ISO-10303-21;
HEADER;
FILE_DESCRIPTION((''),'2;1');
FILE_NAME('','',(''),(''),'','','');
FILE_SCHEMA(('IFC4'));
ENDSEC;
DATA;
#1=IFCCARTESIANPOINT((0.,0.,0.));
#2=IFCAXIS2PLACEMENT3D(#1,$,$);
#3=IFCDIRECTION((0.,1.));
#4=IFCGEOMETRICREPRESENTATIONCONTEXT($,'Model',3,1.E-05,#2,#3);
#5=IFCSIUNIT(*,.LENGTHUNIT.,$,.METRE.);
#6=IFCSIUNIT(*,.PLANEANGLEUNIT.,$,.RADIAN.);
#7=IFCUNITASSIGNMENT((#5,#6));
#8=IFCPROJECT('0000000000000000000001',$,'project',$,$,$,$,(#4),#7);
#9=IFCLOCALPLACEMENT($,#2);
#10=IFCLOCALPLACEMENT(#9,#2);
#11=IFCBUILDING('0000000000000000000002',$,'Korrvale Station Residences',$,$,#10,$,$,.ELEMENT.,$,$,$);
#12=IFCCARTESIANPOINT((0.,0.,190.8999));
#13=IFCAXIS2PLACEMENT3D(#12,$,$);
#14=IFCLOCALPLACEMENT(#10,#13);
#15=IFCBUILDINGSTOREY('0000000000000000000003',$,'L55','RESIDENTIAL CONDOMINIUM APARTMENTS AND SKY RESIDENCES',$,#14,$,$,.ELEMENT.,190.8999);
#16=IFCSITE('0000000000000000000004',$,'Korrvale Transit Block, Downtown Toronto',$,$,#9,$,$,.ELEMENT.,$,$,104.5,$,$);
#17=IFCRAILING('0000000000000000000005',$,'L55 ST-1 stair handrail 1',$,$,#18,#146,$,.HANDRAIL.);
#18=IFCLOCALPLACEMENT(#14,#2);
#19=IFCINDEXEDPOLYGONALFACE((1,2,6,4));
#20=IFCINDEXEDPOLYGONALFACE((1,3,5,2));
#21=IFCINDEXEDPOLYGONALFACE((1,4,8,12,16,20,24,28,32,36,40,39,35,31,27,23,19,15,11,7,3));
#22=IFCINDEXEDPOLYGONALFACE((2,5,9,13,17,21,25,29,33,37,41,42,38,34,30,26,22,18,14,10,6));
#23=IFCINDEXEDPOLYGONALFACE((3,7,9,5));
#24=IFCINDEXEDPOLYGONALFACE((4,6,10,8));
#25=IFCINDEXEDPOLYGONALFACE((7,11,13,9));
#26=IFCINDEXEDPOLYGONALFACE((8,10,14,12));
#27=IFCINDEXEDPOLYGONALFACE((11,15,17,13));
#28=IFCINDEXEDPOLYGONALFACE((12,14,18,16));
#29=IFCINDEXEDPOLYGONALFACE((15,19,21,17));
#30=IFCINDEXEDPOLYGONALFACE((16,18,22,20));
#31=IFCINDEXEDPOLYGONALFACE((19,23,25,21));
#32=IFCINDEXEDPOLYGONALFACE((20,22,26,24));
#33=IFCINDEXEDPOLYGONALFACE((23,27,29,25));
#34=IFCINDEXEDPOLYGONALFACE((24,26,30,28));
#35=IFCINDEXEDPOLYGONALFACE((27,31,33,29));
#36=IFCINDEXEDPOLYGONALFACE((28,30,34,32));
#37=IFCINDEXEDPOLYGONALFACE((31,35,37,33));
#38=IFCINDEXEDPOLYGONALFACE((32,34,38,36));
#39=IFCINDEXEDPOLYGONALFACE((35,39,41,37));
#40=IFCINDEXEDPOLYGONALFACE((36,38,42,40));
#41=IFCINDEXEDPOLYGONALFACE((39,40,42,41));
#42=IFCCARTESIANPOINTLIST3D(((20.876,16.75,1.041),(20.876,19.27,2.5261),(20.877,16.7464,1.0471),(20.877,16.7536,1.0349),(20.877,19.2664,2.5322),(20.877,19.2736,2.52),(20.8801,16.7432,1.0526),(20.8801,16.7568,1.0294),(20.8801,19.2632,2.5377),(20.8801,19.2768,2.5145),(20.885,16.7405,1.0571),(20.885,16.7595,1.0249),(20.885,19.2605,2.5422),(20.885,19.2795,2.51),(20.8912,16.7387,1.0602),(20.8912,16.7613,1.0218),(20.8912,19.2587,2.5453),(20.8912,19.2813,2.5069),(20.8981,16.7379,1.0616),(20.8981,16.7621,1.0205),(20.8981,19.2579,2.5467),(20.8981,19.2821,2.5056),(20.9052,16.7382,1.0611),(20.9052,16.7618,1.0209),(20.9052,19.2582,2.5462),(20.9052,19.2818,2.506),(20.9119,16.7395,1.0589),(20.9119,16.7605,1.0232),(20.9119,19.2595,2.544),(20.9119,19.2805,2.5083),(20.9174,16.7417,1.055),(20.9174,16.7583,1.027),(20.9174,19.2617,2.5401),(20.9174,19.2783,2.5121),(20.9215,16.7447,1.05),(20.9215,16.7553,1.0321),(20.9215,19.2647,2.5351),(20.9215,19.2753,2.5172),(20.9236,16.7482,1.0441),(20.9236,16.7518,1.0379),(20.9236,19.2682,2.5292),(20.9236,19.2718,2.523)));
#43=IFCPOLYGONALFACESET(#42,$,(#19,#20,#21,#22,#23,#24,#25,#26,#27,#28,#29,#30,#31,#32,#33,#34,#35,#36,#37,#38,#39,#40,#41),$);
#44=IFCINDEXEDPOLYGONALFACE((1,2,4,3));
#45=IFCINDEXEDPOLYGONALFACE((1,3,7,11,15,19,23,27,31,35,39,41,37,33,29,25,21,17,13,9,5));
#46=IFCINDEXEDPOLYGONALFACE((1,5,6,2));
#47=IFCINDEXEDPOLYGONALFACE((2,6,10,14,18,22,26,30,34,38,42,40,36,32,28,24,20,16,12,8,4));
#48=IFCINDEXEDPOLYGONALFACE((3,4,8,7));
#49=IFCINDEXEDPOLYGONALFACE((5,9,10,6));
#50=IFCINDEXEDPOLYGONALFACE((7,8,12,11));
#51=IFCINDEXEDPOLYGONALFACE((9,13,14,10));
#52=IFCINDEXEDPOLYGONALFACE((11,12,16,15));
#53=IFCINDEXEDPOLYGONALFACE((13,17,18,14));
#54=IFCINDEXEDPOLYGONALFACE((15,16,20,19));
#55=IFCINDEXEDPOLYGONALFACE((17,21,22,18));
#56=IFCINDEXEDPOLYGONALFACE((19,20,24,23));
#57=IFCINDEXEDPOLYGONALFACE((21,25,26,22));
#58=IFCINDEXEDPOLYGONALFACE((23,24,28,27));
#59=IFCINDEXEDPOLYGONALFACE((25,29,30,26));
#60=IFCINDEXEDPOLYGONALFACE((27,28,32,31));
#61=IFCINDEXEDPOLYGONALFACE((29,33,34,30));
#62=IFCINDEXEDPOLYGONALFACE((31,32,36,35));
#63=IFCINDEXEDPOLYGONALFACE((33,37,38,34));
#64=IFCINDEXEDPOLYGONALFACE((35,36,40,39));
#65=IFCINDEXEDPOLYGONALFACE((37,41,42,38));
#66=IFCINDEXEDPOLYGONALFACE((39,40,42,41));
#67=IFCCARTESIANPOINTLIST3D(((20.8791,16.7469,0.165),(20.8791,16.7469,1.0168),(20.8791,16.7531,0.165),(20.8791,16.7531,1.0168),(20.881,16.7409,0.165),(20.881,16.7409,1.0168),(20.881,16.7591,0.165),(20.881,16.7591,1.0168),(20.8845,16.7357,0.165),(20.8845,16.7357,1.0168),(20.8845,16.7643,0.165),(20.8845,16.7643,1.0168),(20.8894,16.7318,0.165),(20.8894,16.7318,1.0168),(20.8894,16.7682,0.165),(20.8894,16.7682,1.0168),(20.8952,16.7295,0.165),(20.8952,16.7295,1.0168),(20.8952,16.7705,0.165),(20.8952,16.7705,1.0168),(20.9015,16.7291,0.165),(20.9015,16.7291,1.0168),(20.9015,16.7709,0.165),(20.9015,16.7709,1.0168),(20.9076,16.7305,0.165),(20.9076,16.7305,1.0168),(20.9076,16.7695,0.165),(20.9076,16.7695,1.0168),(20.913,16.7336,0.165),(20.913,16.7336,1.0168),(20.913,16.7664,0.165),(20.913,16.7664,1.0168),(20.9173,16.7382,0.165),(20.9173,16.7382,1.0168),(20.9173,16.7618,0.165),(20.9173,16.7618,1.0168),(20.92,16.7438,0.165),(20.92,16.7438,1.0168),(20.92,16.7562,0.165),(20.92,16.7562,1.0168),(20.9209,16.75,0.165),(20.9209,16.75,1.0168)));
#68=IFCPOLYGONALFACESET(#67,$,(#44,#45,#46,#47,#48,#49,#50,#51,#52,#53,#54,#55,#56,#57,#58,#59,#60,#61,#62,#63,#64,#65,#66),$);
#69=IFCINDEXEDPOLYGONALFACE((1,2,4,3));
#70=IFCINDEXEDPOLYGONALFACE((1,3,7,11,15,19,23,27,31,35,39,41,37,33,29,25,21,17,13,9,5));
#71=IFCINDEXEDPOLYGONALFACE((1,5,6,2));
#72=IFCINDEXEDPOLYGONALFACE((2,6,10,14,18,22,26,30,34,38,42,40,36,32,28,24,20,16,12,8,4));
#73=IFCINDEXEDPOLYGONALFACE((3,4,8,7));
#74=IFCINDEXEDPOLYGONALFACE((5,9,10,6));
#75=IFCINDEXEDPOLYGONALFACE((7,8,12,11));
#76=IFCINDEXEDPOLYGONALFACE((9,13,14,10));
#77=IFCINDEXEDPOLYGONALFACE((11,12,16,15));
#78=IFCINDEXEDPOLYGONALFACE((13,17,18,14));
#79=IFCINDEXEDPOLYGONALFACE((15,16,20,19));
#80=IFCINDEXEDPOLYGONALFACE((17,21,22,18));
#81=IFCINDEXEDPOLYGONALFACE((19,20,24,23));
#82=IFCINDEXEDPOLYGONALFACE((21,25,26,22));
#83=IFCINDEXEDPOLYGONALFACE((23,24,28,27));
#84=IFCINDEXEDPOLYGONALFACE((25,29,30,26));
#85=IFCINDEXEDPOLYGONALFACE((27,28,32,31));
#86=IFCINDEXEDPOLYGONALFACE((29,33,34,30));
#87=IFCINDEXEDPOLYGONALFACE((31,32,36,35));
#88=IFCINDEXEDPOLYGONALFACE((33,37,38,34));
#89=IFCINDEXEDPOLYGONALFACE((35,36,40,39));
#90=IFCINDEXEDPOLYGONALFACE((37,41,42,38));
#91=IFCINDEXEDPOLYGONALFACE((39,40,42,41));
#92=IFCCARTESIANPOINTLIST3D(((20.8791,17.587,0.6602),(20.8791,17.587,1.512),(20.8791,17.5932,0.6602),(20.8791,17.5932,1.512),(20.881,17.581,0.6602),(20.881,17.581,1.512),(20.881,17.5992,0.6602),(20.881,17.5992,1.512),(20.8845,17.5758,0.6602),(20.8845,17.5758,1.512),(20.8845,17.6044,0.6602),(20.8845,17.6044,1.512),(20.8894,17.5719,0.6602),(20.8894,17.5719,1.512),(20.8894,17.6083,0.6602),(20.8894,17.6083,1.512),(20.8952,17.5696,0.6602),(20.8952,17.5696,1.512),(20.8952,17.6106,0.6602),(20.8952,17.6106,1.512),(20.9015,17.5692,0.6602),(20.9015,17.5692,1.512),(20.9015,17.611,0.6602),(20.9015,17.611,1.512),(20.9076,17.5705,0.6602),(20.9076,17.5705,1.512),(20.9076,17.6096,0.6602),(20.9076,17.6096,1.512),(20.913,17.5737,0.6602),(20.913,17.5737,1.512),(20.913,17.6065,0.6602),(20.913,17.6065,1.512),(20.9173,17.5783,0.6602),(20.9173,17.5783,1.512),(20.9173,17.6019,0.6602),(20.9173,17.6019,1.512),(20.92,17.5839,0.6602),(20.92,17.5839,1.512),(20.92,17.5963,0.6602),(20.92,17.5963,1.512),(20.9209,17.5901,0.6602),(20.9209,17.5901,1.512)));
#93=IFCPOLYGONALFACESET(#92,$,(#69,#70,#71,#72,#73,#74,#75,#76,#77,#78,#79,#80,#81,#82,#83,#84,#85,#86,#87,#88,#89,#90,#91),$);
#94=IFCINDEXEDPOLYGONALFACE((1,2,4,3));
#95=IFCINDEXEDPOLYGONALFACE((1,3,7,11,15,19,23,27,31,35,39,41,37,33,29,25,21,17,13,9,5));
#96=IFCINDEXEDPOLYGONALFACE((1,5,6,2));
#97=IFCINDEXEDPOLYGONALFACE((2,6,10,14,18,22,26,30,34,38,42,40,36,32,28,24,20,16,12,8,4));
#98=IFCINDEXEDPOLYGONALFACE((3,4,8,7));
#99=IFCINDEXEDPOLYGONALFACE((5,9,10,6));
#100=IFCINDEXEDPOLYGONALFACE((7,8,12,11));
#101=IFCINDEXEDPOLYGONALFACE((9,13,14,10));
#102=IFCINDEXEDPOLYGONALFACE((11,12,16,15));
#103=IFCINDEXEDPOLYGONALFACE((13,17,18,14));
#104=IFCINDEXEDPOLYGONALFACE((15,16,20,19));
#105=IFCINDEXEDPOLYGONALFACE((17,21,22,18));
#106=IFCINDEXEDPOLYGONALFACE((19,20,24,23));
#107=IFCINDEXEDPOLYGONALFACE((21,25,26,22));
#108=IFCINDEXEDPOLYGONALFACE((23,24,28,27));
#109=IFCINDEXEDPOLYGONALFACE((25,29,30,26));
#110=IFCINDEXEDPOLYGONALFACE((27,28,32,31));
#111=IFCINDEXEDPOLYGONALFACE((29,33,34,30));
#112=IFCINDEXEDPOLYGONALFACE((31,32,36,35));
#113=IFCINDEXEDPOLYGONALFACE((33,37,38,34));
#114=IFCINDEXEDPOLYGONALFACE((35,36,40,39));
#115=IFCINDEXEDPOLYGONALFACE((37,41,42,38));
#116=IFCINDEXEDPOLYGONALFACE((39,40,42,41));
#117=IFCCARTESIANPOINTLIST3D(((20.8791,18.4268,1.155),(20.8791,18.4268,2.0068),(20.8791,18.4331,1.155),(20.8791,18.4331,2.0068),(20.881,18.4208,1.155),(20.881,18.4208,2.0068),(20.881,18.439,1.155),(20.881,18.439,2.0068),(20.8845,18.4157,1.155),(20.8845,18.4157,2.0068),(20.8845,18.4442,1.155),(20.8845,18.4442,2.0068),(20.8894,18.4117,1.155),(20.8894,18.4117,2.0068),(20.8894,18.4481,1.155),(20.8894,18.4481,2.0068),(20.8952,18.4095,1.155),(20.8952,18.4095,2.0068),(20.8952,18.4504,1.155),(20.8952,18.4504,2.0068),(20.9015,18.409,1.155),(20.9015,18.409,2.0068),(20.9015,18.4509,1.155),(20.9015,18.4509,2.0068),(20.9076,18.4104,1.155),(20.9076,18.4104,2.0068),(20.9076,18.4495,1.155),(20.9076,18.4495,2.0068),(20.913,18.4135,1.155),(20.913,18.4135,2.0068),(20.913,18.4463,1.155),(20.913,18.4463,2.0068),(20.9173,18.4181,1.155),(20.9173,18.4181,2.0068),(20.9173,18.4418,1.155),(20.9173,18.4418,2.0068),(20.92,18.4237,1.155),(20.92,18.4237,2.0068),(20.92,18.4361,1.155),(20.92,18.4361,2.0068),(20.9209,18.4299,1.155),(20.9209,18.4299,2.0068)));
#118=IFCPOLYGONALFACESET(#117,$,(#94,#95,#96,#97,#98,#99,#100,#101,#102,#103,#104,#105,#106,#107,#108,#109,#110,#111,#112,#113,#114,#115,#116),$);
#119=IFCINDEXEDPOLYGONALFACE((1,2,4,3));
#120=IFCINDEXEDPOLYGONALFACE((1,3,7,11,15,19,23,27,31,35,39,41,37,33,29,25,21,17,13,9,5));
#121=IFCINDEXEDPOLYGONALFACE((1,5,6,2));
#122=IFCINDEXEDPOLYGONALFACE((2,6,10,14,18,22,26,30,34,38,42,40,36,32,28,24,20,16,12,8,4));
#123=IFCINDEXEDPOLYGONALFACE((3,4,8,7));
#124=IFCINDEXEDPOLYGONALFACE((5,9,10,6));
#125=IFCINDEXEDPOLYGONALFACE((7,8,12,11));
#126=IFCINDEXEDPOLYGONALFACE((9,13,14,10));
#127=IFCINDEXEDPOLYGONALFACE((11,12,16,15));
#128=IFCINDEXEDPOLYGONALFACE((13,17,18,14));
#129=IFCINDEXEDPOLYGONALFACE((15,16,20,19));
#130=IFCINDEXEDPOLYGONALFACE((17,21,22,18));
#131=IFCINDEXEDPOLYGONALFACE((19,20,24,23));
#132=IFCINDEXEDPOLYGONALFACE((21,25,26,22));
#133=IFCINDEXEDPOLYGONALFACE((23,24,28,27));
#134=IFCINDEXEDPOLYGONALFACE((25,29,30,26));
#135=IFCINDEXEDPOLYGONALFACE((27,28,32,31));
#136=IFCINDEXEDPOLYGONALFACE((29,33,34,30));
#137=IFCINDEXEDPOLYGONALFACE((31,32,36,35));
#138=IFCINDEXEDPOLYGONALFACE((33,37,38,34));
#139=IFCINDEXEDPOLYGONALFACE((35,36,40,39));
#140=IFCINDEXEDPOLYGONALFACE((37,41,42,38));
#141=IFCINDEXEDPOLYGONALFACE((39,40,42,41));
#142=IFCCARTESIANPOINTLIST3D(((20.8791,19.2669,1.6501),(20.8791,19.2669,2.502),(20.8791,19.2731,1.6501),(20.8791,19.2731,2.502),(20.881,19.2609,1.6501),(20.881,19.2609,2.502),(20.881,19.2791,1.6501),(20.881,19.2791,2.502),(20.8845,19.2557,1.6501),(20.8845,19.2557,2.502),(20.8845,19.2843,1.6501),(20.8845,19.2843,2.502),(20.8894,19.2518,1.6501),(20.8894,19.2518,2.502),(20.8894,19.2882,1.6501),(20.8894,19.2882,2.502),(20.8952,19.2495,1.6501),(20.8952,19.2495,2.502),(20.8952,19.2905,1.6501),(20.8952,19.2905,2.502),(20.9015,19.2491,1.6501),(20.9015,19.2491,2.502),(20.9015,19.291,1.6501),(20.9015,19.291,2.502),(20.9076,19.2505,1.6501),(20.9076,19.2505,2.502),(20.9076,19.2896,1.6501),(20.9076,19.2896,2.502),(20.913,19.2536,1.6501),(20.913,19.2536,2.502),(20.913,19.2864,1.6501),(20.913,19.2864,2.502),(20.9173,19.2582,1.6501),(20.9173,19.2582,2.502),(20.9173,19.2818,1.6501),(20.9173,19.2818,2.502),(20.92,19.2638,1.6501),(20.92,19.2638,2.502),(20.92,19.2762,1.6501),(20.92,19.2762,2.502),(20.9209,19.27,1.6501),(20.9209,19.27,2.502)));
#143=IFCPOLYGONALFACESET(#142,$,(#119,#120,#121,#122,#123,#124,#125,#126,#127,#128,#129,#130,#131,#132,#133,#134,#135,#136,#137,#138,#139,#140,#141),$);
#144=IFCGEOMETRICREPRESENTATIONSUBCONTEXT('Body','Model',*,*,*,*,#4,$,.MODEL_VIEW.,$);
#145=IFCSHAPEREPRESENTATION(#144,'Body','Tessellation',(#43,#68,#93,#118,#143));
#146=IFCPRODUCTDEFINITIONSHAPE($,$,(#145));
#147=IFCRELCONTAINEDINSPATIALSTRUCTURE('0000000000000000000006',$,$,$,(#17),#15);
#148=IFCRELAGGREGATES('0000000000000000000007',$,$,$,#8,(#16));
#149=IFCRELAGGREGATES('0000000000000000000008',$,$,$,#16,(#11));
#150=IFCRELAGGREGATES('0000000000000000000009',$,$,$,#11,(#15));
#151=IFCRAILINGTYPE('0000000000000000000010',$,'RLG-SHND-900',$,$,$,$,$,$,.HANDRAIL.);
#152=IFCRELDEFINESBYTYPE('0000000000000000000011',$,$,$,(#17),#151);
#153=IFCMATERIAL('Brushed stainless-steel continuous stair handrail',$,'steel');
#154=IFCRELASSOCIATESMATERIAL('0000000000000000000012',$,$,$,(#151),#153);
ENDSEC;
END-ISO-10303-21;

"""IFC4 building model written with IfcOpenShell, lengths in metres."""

from ifc_helpers import new_model, si_unit, direction, frame, origin, origin_2d, place, context, subcontext, project, spatial, circle, extrude, material, type_object, element, save


model = new_model("IFC4")

# Units and contexts
model_context = context("Model", 3, precision=1e-05, world=origin(), true_north=direction((0.0, 1.0)))
body_context = subcontext(model_context, "Body", "Model", "MODEL_VIEW")
ifc_project = project(units=[si_unit("LENGTHUNIT", "METRE"), si_unit("PLANEANGLEUNIT", "RADIAN")], contexts=[model_context])

# Site, building, storey
site_placement = place(None, origin())
site = spatial("IfcSite", under=ifc_project, at=site_placement, Name="Korrvale Transit Block, Downtown Toronto", CompositionType="ELEMENT", RefElevation=104.5)
building_placement = place(site_placement, origin())
building = spatial("IfcBuilding", under=site, at=building_placement, Name="Korrvale Station Residences", CompositionType="ELEMENT")
storey_placement = place(building_placement, frame((0.0, 0.0, 190.8999)))
storey = spatial("IfcBuildingStorey", under=building, at=storey_placement, Name="L55", Description="RESIDENTIAL CONDOMINIUM APARTMENTS AND SKY RESIDENCES", CompositionType="ELEMENT", Elevation=190.8999)

# Railing
ifc_material_1 = material(Name="Brushed stainless-steel continuous stair handrail", Category="steel")
railing_type_1 = type_object("IfcRailingType", Name="RLG-SHND-900", PredefinedType="HANDRAIL", material=ifc_material_1)
railing_1_placement = place(storey_placement, frame((20.8999, 16.75, 0.165)))
element("IfcRailing", 1, at=railing_1_placement, inside=storey, type_object=railing_type_1, Name="L55 ST-1 stair handrail 1", PredefinedType="HANDRAIL", context=body_context, shape_type="SweptSolid", body=[
    extrude(circle(Radius=0.0239, at=origin_2d()), frame((0.0, 0.0, 0.876), z_axis=(0.0, 0.861524, 0.507717), x_axis=(-1.0, 0.0, 0.0)), (0.0, 0.0, 1.0), 2.925),
    extrude(circle(Radius=0.021, at=origin_2d()), origin(), (0.0, 0.0, 1.0), 0.8518),
    extrude(circle(Radius=0.021, at=origin_2d()), frame((0.0, 0.8401, 0.4951)), (0.0, 0.0, 1.0), 0.8518),
    extrude(circle(Radius=0.021, at=origin_2d()), frame((0.0, 1.6799, 0.99)), (0.0, 0.0, 1.0), 0.8518),
    extrude(circle(Radius=0.021, at=origin_2d()), frame((0.0, 2.52, 1.4851)), (0.0, 0.0, 1.0), 0.8518),
])

save(model, "model.ifc")
